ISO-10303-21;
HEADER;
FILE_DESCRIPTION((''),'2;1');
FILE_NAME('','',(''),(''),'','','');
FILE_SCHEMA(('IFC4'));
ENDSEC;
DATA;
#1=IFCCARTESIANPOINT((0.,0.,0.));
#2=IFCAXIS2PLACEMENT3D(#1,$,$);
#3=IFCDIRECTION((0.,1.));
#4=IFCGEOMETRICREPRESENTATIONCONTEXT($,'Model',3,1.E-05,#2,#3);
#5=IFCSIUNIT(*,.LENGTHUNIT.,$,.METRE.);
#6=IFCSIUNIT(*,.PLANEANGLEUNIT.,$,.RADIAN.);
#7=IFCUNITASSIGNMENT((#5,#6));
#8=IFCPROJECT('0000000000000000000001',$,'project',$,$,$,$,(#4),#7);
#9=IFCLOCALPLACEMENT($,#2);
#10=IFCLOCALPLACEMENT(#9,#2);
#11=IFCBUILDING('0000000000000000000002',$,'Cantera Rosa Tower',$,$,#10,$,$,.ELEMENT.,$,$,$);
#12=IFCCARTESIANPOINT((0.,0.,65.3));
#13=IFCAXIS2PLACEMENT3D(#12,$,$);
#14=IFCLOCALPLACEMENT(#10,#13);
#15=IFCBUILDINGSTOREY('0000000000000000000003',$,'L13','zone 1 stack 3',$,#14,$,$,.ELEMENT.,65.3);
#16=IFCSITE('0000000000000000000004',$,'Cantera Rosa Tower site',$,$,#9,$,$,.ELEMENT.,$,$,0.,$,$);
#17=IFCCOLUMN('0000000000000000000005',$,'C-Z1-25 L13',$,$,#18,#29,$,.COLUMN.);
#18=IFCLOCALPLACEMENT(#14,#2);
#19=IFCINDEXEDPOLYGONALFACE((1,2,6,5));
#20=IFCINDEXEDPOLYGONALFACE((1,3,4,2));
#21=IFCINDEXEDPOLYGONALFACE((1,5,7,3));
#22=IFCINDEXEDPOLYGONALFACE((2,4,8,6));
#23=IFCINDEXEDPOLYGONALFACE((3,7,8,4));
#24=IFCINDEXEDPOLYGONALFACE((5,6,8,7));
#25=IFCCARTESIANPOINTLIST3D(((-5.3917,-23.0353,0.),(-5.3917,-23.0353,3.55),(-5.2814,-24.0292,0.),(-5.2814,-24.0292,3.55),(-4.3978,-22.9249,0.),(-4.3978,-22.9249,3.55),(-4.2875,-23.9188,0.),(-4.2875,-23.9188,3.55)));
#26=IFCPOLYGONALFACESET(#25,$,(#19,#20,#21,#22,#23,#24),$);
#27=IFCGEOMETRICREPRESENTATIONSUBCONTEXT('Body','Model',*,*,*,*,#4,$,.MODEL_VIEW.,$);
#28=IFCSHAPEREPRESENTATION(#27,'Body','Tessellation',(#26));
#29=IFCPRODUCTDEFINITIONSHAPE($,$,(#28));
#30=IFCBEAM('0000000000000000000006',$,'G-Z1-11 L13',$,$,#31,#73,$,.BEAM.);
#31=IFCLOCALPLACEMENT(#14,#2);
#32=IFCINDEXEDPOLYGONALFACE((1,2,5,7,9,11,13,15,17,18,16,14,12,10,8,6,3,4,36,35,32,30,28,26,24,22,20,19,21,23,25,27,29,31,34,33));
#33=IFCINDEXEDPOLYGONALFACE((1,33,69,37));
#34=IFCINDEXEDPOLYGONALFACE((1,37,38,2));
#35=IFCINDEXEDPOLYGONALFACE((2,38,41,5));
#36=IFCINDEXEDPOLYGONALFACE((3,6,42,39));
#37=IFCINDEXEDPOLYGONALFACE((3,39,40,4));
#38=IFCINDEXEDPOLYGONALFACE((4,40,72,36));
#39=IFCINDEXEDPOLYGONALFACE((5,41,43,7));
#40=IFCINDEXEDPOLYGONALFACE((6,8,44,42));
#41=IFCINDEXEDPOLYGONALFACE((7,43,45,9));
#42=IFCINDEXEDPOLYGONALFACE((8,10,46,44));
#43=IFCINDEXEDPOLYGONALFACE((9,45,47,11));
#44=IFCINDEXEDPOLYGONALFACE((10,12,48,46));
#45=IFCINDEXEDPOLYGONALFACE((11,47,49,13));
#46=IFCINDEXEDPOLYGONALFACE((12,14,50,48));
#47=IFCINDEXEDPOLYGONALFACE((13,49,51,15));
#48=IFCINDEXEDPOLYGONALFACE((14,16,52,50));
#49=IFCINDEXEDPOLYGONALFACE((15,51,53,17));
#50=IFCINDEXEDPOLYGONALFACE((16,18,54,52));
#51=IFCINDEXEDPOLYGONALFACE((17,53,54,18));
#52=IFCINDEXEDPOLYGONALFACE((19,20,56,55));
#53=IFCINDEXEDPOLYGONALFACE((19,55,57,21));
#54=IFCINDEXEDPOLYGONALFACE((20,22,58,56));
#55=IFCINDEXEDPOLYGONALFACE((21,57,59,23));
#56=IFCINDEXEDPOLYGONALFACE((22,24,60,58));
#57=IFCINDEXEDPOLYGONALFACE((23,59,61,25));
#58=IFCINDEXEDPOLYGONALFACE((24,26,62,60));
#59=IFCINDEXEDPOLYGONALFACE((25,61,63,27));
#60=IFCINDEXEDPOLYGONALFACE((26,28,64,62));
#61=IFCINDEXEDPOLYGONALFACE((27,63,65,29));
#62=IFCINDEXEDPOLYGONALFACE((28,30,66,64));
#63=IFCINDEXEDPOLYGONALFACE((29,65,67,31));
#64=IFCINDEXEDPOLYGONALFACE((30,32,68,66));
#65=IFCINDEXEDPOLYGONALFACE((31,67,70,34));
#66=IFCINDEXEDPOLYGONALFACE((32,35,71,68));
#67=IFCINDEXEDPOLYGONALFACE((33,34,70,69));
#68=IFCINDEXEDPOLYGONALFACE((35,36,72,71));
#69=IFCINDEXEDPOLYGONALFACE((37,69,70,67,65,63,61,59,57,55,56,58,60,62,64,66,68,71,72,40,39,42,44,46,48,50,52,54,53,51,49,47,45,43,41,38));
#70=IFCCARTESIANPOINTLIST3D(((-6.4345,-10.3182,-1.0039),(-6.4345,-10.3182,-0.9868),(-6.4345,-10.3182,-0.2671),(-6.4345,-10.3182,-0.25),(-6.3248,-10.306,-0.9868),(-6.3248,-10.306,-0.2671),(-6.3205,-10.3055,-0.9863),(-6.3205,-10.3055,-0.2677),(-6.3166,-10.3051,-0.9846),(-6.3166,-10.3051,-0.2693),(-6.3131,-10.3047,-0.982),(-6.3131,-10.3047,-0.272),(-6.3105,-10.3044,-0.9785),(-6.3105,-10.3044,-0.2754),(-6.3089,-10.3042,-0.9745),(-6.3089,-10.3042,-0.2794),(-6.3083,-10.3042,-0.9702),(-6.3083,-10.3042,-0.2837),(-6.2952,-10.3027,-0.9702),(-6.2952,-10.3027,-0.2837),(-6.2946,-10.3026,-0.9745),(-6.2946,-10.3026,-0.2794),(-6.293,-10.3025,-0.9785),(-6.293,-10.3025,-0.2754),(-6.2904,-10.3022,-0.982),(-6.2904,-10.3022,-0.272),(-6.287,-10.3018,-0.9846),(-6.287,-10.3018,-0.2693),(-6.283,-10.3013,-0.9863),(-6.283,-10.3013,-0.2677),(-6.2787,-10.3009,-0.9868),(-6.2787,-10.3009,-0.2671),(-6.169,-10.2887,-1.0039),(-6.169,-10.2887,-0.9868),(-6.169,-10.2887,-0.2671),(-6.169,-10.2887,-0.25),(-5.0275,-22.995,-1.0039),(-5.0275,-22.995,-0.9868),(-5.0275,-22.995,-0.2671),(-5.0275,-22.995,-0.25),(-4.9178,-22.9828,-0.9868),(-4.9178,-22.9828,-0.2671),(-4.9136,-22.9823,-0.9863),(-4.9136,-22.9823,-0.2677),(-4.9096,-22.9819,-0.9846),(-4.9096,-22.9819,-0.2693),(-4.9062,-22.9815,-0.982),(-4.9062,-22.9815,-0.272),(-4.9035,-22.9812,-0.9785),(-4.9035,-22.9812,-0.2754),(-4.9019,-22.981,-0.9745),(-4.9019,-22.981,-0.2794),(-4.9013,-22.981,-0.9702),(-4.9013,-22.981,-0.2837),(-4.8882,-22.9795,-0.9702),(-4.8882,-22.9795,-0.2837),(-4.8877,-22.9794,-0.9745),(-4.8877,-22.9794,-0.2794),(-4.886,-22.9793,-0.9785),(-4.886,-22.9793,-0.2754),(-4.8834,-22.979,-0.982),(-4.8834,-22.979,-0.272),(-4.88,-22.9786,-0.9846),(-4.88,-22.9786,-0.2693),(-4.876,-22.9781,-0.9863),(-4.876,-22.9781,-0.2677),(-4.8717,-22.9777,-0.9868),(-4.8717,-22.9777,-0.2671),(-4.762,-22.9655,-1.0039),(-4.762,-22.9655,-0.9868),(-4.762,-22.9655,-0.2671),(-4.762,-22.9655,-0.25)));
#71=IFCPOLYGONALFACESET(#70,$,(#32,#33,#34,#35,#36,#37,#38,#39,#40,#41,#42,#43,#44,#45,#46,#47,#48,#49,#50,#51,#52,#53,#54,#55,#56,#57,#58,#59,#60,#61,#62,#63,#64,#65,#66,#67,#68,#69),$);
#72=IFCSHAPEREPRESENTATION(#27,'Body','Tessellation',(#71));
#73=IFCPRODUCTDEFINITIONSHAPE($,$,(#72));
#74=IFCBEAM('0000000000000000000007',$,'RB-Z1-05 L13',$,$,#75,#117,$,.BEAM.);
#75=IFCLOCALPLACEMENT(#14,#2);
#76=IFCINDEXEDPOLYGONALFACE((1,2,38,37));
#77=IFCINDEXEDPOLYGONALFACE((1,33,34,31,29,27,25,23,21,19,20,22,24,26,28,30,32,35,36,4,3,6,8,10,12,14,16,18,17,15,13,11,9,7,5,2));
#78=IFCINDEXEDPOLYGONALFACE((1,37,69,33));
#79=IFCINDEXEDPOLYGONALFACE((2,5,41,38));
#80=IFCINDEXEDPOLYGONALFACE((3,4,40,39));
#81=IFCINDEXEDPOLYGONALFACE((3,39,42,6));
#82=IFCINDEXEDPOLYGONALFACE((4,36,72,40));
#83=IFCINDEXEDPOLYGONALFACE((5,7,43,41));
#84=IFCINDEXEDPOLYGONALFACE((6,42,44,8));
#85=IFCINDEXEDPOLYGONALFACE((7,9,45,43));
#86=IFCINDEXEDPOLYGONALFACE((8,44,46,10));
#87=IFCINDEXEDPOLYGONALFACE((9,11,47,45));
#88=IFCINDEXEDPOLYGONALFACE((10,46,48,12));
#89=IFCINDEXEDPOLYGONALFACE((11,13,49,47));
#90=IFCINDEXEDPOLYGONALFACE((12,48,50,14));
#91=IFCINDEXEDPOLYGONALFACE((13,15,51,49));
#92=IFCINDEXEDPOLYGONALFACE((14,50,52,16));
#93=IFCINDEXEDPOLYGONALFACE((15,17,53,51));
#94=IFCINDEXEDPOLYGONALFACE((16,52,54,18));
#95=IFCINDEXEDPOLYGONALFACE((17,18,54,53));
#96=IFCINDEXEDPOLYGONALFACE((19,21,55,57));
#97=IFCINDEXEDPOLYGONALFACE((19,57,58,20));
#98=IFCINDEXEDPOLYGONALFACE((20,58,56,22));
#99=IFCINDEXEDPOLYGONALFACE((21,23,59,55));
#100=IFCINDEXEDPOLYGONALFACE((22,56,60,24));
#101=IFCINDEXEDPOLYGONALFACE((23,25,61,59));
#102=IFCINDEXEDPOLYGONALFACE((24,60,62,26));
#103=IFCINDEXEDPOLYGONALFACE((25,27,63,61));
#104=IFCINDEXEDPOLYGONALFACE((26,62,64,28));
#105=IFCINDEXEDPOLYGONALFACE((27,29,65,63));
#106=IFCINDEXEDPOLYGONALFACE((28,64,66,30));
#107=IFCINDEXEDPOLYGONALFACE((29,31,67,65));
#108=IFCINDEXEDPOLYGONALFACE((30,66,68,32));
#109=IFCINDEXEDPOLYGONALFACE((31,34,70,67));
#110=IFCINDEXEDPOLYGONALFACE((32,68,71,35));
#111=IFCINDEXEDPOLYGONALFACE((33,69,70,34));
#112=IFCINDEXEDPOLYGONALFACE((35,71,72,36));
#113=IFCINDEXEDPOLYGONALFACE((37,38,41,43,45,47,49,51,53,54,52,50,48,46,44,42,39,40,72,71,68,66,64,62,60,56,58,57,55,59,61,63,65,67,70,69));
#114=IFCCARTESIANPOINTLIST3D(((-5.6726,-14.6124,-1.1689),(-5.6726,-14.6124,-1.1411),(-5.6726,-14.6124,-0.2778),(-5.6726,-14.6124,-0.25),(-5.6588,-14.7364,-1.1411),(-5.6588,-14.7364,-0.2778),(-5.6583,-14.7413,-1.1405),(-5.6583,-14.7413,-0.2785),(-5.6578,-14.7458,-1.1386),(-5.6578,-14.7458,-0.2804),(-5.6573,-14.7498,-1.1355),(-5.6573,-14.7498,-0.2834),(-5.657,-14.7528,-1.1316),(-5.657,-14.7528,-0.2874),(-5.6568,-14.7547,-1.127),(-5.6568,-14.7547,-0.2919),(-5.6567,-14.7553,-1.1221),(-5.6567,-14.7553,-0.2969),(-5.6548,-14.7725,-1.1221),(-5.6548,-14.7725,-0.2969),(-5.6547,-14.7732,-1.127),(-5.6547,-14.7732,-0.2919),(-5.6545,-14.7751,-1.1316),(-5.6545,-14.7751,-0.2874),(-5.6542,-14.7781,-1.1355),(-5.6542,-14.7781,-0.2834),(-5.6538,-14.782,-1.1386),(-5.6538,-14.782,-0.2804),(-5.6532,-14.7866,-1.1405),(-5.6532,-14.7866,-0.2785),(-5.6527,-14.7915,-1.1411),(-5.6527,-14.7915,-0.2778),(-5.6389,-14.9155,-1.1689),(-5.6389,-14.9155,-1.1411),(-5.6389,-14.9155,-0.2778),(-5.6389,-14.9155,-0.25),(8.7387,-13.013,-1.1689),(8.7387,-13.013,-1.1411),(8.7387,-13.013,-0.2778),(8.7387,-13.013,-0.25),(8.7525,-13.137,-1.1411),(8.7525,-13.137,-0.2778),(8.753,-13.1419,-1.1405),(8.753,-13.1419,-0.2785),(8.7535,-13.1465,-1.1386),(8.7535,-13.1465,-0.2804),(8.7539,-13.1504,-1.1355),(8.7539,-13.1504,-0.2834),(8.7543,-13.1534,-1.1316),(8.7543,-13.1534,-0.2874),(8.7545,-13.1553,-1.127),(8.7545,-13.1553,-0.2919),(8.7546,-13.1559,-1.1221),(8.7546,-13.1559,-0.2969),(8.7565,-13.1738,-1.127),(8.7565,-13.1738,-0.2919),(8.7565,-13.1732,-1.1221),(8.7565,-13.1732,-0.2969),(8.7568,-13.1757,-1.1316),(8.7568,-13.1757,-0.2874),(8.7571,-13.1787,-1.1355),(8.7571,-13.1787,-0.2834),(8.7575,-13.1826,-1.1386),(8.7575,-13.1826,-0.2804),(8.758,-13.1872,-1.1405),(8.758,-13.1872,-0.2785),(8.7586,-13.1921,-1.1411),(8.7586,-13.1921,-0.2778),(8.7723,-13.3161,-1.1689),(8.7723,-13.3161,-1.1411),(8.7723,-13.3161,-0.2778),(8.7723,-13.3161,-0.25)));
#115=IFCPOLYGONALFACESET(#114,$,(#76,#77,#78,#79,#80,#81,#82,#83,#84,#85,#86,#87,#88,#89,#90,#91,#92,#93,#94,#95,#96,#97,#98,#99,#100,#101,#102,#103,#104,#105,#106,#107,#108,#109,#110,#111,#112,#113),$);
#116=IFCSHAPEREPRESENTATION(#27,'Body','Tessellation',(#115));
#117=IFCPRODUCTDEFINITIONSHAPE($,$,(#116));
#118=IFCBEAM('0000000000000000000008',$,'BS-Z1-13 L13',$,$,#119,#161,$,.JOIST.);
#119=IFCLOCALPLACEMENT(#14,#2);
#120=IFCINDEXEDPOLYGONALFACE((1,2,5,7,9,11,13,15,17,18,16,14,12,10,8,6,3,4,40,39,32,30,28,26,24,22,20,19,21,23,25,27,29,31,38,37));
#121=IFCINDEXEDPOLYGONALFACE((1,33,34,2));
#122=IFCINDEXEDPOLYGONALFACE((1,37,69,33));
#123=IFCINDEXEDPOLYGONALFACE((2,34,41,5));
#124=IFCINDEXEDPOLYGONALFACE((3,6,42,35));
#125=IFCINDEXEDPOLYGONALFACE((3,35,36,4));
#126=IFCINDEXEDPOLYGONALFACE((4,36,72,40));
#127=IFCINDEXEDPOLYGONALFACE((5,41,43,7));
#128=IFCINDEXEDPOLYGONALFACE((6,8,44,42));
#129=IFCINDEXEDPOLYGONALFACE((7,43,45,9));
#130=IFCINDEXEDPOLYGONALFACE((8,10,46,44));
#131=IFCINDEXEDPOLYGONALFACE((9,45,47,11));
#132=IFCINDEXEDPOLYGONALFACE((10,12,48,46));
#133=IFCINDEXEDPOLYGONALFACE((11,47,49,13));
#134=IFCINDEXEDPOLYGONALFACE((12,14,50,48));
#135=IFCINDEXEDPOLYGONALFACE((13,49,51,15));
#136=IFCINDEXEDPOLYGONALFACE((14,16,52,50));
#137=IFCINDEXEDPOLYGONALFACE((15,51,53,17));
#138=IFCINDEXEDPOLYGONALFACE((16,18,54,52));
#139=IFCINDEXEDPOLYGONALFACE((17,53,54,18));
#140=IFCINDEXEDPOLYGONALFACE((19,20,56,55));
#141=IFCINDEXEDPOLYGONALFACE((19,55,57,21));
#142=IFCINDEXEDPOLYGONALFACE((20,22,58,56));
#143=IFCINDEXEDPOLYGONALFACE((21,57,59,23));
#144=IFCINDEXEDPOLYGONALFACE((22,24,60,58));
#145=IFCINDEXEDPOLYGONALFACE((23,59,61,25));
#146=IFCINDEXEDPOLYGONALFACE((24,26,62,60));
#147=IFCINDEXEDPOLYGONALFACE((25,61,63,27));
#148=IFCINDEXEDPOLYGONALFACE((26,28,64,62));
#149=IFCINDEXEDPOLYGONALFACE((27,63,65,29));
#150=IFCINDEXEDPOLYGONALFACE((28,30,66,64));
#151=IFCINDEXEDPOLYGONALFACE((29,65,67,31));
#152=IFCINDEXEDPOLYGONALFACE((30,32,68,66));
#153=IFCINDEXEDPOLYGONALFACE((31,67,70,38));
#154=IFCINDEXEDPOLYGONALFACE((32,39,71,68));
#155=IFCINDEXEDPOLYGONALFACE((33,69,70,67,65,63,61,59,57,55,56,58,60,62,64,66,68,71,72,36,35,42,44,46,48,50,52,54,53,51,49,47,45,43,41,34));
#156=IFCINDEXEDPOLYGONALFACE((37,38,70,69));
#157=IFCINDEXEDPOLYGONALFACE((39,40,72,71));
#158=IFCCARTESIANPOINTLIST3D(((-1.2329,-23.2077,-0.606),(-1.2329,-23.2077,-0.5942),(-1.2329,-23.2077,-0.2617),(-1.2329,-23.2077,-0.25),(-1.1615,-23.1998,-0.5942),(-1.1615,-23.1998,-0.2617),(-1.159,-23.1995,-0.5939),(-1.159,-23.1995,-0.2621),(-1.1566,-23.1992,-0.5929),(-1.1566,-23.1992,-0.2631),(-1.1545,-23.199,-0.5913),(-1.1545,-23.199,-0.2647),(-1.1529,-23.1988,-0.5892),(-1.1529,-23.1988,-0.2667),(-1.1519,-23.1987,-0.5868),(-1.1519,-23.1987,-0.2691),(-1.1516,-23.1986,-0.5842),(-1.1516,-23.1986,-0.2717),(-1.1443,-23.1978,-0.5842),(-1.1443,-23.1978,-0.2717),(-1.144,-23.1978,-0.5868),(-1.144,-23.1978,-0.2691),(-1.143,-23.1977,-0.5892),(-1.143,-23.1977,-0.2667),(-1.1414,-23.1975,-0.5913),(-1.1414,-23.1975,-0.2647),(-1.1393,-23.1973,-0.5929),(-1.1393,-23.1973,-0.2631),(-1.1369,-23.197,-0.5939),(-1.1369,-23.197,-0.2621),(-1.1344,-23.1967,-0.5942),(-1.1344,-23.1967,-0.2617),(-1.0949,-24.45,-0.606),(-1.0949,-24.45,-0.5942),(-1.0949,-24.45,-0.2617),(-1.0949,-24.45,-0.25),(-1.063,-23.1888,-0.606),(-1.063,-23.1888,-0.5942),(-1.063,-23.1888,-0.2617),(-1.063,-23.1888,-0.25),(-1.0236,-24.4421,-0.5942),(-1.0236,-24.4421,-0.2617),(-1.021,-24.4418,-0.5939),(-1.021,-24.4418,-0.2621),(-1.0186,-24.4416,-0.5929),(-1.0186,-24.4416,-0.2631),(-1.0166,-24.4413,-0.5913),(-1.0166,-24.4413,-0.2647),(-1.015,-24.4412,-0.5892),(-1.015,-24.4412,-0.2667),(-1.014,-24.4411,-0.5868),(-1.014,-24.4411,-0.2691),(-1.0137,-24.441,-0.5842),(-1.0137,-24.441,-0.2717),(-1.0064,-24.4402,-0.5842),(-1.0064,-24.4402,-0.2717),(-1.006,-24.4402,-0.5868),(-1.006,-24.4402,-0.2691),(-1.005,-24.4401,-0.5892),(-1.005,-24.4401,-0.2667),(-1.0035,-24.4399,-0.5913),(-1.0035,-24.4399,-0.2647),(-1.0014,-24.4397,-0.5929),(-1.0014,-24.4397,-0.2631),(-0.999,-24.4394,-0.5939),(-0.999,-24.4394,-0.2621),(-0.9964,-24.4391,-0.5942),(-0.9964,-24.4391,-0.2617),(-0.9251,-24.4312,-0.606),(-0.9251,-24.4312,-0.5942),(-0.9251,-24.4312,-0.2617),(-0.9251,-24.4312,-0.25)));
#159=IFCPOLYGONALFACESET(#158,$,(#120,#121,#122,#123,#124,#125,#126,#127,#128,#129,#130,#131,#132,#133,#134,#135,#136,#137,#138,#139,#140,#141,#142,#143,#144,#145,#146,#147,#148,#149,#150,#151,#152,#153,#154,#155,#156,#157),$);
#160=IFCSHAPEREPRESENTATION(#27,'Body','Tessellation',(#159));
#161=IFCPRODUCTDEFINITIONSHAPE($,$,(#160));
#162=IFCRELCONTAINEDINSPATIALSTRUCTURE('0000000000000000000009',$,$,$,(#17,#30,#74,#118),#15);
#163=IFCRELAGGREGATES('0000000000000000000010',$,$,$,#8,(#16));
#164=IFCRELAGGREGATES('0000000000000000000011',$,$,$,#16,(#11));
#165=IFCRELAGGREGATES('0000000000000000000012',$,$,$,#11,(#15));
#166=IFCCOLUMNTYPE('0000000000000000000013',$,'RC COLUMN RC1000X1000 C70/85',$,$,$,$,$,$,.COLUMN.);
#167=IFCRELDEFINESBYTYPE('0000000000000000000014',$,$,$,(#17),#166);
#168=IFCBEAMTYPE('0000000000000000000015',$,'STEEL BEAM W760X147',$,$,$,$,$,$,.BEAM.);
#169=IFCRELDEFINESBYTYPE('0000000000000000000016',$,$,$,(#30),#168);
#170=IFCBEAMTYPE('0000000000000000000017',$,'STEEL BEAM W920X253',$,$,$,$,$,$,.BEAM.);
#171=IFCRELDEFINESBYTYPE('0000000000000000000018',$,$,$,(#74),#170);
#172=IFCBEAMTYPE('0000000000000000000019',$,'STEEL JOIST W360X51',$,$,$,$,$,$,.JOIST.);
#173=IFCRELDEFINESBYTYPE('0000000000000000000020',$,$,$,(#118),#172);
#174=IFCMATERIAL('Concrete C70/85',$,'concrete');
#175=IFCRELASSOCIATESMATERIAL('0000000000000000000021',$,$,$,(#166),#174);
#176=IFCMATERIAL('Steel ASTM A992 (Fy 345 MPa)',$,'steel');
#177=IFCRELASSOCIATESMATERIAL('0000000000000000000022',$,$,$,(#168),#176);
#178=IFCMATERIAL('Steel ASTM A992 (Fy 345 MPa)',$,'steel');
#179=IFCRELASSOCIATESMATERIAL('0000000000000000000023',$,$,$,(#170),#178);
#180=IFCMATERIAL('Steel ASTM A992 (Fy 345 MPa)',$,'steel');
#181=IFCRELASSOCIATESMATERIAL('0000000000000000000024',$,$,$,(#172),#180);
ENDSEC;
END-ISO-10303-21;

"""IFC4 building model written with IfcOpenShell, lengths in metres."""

from ifc_helpers import new_model, si_unit, direction, frame, origin, origin_2d, place, context, subcontext, project, spatial, rectangle, i_section, extrude, material, material_profile, profile_set, type_object, element, save


model = new_model("IFC4")

# Units and contexts
model_context = context("Model", 3, precision=1e-05, world=origin(), true_north=direction((0.0, 1.0)))
body_context = subcontext(model_context, "Body", "Model", "MODEL_VIEW")
ifc_project = project(units=[si_unit("LENGTHUNIT", "METRE"), si_unit("PLANEANGLEUNIT", "RADIAN")], contexts=[model_context])

# Site, building, storey
site_placement = place(None, origin())
site = spatial("IfcSite", under=ifc_project, at=site_placement, Name="Cantera Rosa Tower site", CompositionType="ELEMENT", RefElevation=0.0)
building_placement = place(site_placement, origin())
building = spatial("IfcBuilding", under=site, at=building_placement, Name="Cantera Rosa Tower", CompositionType="ELEMENT")
storey_placement = place(building_placement, frame((0.0, 0.0, 65.3)))
storey = spatial("IfcBuildingStorey", under=building, at=storey_placement, Name="L13", Description="zone 1 stack 3", CompositionType="ELEMENT", Elevation=65.3)

# Column
ifc_material_1 = material(Name="Concrete C70/85", Category="concrete")
ifc_material_profile_1 = material_profile(ifc_material_1, rectangle(XDim=1.0, YDim=1.0, at=origin_2d()), Name="RC COLUMN RC1000X1000 C70/85")
ifc_profile_set_1 = profile_set([ifc_material_profile_1], Name="Concrete C70/85")
column_type = type_object("IfcColumnType", Name="RC COLUMN RC1000X1000 C70/85", PredefinedType="COLUMN", material=ifc_profile_set_1)
column_placement = place(storey_placement, frame((-4.8396, -23.4771, 0.0), z_axis=(0.0, 0.0, 1.0), x_axis=(0.993897, 0.110313, 0.0)))
element("IfcColumn", 1, at=column_placement, inside=storey, type_object=column_type, Name="C-Z1-25 L13", PredefinedType="COLUMN", context=body_context, shape_type="SweptSolid", body=[
    extrude(rectangle(XDim=1.0, YDim=1.0, at=origin_2d()), origin(), (0.0, 0.0, 1.0), 3.55),
])

# Beams
ifc_material_2 = material(Name="Steel ASTM A992 (Fy 345 MPa)", Category="steel")
ifc_material_profile_2 = material_profile(ifc_material_2, i_section(OverallWidth=0.2671, OverallDepth=0.7539, WebThickness=0.0132, FlangeThickness=0.0171, FilletRadius=0.0166, at=origin_2d()), Name="W760X147")
ifc_profile_set_2 = profile_set([ifc_material_profile_2], Name="Steel ASTM A992 (Fy 345 MPa)")
beam_type_1 = type_object("IfcBeamType", Name="STEEL BEAM W760X147", PredefinedType="BEAM", material=ifc_profile_set_2)
beam_1_placement = place(storey_placement, frame((-4.8948, -22.9802, -0.627), z_axis=(-0.110312, 0.993897, 0.0), x_axis=(-0.993897, -0.110312, 0.0)))
element("IfcBeam", 2, at=beam_1_placement, inside=storey, type_object=beam_type_1, Name="G-Z1-11 L13", PredefinedType="BEAM", context=body_context, shape_type="SweptSolid", body=[
    extrude(i_section(OverallWidth=0.2671, OverallDepth=0.7539, WebThickness=0.0132, FlangeThickness=0.0171, FilletRadius=0.0166, at=origin_2d()), origin(), (0.0, 0.0, 1.0), 12.7546),
])
ifc_material_3 = material(Name="Steel ASTM A992 (Fy 345 MPa)", Category="steel")
ifc_material_profile_3 = material_profile(ifc_material_3, i_section(OverallWidth=0.3049, OverallDepth=0.9189, WebThickness=0.0173, FlangeThickness=0.0278, FilletRadius=0.019, at=origin_2d()), Name="W920X253")
ifc_profile_set_3 = profile_set([ifc_material_profile_3], Name="Steel ASTM A992 (Fy 345 MPa)")
beam_type_2 = type_object("IfcBeamType", Name="STEEL BEAM W920X253", PredefinedType="BEAM", material=ifc_profile_set_3)
beam_2_placement = place(storey_placement, frame((-5.6558, -14.7639, -0.7095), z_axis=(0.993898, 0.110302, 0.0), x_axis=(-0.110302, 0.993898, 0.0)))
element("IfcBeam", 3, at=beam_2_placement, inside=storey, type_object=beam_type_2, Name="RB-Z1-05 L13", PredefinedType="BEAM", context=body_context, shape_type="SweptSolid", body=[
    extrude(i_section(OverallWidth=0.3049, OverallDepth=0.9189, WebThickness=0.0173, FlangeThickness=0.0278, FilletRadius=0.019, at=origin_2d()), origin(), (0.0, 0.0, 1.0), 14.4998),
])
ifc_material_4 = material(Name="Steel ASTM A992 (Fy 345 MPa)", Category="steel")
ifc_material_profile_4 = material_profile(ifc_material_4, i_section(OverallWidth=0.1709, OverallDepth=0.356, WebThickness=0.0073, FlangeThickness=0.0117, FilletRadius=0.01, at=origin_2d()), Name="W360X51")
ifc_profile_set_4 = profile_set([ifc_material_profile_4], Name="Steel ASTM A992 (Fy 345 MPa)")
beam_type_3 = type_object("IfcBeamType", Name="STEEL JOIST W360X51", PredefinedType="JOIST", material=ifc_profile_set_4)
beam_3_placement = place(storey_placement, frame((-1.1479, -23.1982, -0.428), z_axis=(0.110346, -0.993893, 0.0), x_axis=(0.993893, 0.110346, 0.0)))
element("IfcBeam", 4, at=beam_3_placement, inside=storey, type_object=beam_type_3, Name="BS-Z1-13 L13", PredefinedType="JOIST", context=body_context, shape_type="SweptSolid", body=[
    extrude(i_section(OverallWidth=0.1709, OverallDepth=0.356, WebThickness=0.0073, FlangeThickness=0.0117, FilletRadius=0.01, at=origin_2d()), origin(), (0.0, 0.0, 1.0), 1.25),
])

save(model, "model.ifc")
